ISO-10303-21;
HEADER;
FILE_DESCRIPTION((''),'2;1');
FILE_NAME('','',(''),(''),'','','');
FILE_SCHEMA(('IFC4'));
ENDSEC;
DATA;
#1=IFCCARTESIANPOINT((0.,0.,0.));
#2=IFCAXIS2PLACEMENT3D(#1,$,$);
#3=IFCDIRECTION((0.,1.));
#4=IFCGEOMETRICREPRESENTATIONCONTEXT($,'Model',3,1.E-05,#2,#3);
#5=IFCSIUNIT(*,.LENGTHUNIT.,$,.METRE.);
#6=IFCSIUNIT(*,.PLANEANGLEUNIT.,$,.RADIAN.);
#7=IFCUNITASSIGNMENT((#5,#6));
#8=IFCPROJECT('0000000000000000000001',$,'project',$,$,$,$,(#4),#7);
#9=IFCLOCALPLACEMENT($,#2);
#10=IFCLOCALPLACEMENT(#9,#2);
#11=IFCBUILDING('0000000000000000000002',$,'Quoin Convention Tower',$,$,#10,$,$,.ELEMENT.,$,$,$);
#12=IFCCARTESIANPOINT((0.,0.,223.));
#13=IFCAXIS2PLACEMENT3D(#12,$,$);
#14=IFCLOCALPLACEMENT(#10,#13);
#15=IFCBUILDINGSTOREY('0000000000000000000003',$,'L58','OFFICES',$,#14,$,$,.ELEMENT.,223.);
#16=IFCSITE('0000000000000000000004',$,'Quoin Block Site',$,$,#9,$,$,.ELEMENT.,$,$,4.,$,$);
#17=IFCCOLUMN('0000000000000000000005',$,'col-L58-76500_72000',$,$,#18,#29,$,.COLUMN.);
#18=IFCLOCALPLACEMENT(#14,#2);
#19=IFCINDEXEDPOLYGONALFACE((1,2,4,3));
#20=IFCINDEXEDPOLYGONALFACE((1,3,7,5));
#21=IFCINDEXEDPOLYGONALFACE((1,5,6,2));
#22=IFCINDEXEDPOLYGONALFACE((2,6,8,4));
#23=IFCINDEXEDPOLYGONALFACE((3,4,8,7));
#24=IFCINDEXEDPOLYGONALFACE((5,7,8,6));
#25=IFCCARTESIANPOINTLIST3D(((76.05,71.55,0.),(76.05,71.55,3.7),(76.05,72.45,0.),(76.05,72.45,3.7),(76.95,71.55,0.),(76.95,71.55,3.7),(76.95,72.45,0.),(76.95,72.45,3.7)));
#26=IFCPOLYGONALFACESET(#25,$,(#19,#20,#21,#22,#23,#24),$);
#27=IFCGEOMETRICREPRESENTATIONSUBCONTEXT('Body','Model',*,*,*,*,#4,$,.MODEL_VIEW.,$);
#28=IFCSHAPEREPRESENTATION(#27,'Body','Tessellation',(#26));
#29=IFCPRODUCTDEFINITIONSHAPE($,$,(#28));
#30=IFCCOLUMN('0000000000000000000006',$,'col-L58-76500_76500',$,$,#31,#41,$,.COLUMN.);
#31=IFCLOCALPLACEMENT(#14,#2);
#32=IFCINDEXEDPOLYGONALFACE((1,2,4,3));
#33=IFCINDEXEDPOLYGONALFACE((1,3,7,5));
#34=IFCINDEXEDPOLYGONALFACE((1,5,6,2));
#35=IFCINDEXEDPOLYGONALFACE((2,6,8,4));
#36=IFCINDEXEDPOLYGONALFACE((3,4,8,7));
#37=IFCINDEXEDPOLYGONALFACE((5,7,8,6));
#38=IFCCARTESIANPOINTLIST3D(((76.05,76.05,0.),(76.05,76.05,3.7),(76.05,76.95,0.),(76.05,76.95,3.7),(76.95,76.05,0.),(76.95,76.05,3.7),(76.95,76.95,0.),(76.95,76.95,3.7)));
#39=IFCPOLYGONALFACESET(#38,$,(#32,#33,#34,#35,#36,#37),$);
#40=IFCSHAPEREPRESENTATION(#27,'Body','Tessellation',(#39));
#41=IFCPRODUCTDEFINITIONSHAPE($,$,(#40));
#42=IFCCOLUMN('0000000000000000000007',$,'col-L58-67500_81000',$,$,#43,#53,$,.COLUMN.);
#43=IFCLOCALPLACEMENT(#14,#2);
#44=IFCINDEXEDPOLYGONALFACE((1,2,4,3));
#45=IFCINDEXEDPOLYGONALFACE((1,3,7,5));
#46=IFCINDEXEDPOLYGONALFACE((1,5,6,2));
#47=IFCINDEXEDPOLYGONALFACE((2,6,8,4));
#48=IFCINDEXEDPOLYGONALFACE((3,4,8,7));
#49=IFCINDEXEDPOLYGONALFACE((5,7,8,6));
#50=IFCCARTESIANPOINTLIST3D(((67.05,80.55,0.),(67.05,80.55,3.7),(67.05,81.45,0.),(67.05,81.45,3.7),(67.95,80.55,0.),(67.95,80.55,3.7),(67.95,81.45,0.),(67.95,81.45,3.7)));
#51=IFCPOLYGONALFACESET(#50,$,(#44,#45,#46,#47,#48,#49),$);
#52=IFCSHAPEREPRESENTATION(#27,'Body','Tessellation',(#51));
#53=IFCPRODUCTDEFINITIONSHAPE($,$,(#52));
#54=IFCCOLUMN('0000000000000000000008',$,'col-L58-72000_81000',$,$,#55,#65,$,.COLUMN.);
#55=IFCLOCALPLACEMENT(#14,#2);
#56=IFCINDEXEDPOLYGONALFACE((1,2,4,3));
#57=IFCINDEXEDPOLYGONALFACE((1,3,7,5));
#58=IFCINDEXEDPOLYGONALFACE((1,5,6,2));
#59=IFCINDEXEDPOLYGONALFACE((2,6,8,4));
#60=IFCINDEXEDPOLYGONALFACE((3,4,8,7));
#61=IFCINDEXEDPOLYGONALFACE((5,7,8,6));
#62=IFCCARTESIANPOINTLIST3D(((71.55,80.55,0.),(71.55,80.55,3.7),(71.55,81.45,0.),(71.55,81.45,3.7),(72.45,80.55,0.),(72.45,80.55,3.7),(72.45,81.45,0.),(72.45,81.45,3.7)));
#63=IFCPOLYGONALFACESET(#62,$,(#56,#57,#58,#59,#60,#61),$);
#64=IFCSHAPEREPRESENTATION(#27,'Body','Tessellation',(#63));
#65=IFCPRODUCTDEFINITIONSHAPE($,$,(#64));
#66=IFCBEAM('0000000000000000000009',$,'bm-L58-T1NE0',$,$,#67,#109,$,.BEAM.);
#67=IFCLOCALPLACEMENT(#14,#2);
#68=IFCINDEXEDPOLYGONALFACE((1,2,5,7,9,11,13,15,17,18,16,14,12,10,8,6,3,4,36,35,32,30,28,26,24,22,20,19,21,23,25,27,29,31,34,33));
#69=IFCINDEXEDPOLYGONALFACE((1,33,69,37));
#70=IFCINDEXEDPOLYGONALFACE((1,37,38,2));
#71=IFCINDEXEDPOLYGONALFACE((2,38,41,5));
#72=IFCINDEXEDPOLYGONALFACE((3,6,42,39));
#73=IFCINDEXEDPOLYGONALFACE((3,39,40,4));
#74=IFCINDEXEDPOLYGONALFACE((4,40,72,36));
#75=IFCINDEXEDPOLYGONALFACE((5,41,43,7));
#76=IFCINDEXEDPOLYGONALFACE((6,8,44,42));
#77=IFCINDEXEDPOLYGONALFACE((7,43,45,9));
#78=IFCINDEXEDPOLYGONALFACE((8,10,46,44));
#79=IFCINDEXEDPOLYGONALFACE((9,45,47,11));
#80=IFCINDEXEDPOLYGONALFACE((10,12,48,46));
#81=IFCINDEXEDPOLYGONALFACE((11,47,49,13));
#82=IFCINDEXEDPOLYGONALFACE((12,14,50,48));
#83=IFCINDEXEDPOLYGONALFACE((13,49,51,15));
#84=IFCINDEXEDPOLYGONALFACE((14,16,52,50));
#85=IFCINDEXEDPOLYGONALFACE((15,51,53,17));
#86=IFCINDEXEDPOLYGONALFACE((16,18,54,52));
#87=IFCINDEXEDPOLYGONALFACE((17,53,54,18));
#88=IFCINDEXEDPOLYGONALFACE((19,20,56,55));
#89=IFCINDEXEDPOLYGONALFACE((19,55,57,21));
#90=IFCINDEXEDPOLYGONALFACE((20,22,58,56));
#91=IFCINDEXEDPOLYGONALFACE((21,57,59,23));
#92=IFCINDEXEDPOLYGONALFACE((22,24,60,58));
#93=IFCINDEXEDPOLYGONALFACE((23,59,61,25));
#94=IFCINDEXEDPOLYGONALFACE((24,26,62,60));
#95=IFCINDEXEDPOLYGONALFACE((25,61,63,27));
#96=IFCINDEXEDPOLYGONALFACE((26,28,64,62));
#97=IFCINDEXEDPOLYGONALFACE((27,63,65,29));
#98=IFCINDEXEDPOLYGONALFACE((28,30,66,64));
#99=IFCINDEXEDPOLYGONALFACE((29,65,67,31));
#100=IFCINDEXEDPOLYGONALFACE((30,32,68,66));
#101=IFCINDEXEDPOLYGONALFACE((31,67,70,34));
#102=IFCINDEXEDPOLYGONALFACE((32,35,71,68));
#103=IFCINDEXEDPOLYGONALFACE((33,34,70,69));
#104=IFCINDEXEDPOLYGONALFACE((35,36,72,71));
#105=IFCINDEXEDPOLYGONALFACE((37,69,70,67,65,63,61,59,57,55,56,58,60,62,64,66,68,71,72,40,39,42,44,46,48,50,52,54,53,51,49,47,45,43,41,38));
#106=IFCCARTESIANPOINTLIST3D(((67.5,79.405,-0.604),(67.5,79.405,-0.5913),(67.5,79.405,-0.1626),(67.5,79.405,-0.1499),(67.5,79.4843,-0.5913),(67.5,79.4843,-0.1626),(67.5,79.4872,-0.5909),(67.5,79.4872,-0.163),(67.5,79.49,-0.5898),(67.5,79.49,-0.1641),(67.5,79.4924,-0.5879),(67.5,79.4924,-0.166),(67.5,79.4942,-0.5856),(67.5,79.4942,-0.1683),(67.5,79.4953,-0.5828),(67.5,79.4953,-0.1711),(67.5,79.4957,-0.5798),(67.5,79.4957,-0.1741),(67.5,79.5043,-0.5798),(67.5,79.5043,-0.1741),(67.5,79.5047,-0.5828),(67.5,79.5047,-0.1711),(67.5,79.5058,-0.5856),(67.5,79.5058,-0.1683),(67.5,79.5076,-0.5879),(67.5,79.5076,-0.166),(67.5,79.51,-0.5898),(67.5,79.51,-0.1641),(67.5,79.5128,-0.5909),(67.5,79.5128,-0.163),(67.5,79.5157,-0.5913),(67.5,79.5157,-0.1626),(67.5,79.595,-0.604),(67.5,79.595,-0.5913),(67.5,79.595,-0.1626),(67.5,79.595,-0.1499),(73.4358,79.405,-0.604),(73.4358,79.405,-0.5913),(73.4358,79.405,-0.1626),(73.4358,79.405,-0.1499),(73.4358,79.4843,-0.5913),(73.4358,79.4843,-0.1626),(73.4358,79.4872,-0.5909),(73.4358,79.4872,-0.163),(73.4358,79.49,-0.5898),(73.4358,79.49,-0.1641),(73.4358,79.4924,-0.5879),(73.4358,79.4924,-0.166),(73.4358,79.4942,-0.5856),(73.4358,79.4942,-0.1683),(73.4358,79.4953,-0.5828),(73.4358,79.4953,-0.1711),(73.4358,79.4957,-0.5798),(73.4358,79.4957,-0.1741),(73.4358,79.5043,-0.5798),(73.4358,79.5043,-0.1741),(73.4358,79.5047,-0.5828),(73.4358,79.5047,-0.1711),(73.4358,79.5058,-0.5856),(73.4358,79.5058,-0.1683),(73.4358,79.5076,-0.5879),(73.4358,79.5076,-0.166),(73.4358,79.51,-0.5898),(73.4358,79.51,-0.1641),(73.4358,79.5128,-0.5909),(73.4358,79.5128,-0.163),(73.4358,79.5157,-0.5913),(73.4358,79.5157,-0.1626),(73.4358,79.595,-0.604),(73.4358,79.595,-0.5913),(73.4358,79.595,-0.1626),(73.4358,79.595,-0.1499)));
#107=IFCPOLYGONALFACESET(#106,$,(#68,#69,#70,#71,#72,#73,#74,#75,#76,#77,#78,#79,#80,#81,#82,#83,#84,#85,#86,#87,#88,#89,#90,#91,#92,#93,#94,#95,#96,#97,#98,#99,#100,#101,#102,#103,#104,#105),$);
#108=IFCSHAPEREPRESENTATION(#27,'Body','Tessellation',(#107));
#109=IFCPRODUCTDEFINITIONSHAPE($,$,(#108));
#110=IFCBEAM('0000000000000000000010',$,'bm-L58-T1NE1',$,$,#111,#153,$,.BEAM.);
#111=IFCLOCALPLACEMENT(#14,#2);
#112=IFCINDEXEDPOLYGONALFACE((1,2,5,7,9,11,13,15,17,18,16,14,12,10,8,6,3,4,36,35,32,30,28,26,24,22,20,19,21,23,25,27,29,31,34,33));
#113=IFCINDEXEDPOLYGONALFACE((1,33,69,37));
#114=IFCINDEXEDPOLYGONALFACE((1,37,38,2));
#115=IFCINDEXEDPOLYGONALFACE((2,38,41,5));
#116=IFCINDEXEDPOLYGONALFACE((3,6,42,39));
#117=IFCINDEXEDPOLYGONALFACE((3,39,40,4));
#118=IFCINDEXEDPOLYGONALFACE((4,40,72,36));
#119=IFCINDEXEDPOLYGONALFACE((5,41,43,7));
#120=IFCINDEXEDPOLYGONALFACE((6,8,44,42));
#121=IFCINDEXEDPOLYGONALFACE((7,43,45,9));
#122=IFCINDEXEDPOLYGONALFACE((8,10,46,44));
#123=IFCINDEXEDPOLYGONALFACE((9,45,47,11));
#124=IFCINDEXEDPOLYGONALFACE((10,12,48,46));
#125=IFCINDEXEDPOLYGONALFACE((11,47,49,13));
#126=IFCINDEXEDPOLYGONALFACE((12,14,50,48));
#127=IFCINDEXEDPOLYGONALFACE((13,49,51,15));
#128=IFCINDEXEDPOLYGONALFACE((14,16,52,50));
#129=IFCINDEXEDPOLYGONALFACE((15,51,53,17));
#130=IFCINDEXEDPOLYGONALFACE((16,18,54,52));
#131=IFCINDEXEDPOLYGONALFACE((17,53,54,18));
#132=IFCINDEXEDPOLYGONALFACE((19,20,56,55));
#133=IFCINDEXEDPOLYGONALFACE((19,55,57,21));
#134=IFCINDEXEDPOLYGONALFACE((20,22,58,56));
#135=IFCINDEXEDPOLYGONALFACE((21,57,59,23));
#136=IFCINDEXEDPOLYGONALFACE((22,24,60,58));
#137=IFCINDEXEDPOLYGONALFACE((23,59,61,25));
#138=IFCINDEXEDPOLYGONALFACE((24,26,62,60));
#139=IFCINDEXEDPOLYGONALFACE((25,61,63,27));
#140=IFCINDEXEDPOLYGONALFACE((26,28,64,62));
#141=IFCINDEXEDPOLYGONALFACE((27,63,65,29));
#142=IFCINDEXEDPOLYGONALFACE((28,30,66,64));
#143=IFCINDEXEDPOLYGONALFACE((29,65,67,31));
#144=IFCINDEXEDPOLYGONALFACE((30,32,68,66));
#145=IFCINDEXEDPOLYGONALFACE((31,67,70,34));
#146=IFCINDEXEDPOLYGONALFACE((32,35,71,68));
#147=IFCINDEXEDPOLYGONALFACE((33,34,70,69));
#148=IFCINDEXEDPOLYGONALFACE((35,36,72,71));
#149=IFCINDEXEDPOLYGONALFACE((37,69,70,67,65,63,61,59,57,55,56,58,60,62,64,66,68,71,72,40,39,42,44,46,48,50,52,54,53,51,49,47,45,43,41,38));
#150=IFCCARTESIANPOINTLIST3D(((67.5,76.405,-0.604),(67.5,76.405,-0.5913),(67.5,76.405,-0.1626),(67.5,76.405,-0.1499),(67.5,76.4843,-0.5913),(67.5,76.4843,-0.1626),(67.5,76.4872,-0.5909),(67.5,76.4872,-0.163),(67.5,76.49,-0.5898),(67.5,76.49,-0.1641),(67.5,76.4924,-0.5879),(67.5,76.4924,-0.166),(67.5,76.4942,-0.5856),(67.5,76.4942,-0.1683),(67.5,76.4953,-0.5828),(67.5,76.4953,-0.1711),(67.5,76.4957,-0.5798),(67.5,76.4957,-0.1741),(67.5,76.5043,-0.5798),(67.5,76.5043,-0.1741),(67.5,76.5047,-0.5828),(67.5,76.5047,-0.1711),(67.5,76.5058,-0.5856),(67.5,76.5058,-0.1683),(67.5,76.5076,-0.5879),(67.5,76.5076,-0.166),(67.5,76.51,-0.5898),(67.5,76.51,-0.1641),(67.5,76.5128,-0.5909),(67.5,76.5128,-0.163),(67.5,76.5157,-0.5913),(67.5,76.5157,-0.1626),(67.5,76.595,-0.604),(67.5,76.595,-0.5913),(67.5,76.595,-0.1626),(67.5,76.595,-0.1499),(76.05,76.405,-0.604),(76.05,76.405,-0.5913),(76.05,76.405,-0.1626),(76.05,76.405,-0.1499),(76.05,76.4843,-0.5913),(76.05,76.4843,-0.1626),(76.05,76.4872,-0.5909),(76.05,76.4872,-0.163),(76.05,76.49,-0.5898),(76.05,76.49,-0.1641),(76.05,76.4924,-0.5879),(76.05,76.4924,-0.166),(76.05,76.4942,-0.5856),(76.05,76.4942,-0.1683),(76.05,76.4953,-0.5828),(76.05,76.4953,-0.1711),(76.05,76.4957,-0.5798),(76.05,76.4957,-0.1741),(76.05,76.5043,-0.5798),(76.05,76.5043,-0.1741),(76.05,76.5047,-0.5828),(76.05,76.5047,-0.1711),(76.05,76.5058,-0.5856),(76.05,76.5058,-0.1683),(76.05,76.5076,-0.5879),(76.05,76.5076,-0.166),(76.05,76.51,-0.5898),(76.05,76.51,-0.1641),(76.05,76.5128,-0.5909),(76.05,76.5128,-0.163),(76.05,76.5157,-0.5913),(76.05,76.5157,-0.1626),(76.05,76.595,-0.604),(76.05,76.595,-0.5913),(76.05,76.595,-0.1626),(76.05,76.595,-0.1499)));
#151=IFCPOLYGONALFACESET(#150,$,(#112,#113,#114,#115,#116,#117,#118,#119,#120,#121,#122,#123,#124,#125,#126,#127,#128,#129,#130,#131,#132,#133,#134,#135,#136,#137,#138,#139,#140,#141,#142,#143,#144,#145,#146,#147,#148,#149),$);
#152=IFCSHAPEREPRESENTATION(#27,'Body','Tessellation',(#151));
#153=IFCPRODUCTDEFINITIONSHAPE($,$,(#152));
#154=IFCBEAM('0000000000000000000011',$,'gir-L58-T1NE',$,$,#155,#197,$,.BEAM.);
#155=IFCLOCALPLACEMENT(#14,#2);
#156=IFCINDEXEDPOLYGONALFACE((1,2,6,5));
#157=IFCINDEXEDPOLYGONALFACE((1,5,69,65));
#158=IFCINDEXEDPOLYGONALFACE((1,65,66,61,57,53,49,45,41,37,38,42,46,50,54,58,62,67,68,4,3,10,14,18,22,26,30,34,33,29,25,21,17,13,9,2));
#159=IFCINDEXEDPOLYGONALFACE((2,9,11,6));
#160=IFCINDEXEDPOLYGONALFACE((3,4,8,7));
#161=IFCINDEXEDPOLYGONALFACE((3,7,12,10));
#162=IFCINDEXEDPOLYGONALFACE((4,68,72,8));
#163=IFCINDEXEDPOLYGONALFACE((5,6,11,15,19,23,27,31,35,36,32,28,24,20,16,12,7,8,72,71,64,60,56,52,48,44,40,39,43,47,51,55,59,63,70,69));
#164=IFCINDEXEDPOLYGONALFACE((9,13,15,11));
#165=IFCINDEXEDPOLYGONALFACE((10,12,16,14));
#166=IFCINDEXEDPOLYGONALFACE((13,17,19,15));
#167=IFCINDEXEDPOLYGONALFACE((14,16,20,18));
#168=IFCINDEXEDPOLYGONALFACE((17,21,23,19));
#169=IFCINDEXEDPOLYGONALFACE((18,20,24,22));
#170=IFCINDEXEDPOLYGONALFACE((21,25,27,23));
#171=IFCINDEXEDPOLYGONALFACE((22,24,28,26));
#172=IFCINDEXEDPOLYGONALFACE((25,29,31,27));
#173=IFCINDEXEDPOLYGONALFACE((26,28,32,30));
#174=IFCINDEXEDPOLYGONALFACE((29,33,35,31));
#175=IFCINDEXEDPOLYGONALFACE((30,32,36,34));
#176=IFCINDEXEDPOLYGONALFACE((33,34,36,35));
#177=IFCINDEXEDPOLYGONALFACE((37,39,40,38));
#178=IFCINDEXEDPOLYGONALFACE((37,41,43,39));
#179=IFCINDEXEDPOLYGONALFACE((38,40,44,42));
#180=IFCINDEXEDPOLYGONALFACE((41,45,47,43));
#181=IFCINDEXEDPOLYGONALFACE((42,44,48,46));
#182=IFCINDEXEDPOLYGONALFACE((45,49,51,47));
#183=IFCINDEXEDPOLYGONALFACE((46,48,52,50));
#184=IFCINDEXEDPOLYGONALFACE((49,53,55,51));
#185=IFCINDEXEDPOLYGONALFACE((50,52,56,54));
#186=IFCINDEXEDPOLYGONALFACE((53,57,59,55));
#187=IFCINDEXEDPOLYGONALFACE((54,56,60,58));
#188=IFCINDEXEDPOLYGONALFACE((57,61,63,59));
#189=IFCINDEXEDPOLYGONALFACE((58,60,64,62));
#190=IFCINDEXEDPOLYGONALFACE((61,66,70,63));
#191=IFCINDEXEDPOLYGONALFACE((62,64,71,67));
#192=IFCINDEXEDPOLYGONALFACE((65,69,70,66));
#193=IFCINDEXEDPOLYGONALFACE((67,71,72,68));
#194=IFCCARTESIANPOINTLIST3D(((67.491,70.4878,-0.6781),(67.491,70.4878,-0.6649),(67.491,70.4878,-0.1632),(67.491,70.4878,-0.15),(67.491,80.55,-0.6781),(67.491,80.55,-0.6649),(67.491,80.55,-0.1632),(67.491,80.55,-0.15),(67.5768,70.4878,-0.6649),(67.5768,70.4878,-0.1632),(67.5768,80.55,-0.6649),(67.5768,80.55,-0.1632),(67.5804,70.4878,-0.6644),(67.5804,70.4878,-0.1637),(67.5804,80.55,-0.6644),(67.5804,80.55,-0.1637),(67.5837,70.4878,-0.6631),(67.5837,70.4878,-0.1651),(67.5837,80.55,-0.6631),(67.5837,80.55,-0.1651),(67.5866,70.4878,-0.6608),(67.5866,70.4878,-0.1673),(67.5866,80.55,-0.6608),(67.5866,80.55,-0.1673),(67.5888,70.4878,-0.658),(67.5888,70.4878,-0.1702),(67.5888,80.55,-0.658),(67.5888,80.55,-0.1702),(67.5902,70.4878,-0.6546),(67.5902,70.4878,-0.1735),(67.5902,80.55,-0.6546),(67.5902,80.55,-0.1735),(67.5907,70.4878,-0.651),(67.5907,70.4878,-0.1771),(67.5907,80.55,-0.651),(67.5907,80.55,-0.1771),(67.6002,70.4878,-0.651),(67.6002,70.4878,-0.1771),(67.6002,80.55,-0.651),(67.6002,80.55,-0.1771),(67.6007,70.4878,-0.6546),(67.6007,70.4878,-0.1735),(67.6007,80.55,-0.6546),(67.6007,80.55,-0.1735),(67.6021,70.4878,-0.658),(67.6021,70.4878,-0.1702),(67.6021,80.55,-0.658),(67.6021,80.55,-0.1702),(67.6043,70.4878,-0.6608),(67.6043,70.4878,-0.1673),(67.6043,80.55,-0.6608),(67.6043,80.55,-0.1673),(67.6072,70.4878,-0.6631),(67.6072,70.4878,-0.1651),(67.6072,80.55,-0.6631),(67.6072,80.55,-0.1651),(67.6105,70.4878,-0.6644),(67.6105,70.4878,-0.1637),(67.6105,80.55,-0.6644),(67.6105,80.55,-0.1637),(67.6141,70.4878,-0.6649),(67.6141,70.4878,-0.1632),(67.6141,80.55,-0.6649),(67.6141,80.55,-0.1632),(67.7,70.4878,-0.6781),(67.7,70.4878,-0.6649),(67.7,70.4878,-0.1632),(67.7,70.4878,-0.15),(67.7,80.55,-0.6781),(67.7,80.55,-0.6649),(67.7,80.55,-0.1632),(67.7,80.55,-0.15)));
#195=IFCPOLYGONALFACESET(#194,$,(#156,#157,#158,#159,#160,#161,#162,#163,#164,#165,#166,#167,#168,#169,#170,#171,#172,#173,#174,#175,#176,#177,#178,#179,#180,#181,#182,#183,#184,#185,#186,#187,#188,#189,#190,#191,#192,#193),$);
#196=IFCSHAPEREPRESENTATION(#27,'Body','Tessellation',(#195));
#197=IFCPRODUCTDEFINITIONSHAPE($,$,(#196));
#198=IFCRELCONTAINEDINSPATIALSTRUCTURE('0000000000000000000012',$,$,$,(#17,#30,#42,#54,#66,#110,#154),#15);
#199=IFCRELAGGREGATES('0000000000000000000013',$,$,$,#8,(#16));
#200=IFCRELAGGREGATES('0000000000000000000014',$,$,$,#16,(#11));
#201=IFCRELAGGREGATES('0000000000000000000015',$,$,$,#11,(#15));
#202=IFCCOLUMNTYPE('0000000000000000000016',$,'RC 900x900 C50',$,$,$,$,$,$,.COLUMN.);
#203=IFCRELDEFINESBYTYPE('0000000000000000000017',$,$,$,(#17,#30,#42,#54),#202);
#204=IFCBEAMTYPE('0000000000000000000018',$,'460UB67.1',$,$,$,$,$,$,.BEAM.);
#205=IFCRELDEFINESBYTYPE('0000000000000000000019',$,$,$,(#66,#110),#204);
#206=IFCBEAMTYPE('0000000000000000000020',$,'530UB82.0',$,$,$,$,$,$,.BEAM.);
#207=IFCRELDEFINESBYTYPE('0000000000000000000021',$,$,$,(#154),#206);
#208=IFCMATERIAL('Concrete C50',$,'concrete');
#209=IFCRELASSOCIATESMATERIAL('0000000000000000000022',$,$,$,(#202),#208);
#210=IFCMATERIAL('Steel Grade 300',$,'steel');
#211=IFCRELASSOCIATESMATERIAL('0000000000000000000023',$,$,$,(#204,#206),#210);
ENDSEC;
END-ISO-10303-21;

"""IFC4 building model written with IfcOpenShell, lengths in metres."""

from ifc_helpers import new_model, si_unit, direction, frame, origin, origin_2d, place, context, subcontext, project, spatial, rectangle, i_section, extrude, material, material_profile, profile_set, type_object, element, save


model = new_model("IFC4")

# Units and contexts
model_context = context("Model", 3, precision=1e-05, world=origin(), true_north=direction((0.0, 1.0)))
body_context = subcontext(model_context, "Body", "Model", "MODEL_VIEW")
ifc_project = project(units=[si_unit("LENGTHUNIT", "METRE"), si_unit("PLANEANGLEUNIT", "RADIAN")], contexts=[model_context])

# Site, building, storey
site_placement = place(None, origin())
site = spatial("IfcSite", under=ifc_project, at=site_placement, Name="Quoin Block Site", CompositionType="ELEMENT", RefElevation=4.0)
building_placement = place(site_placement, origin())
building = spatial("IfcBuilding", under=site, at=building_placement, Name="Quoin Convention Tower", CompositionType="ELEMENT")
storey_placement = place(building_placement, frame((0.0, 0.0, 223.0)))
storey = spatial("IfcBuildingStorey", under=building, at=storey_placement, Name="L58", Description="OFFICES", CompositionType="ELEMENT", Elevation=223.0)

# Columns
ifc_material_1 = material(Name="Concrete C50", Category="concrete")
ifc_material_profile_1 = material_profile(ifc_material_1, rectangle(XDim=0.8999, YDim=0.8999, at=origin_2d()), Name="RC 900x900")
ifc_profile_set_1 = profile_set([ifc_material_profile_1], Name="Concrete C50")
column_type = type_object("IfcColumnType", Name="RC 900x900 C50", PredefinedType="COLUMN", material=ifc_profile_set_1)
for number, where, z_axis, x_axis, name in (
    (1, (76.5, 72.0, 0.0), (0.0, 0.0, 1.0), (1.0, 0.0, 0.0), "col-L58-76500_72000"),
    (2, (76.5, 76.5, 0.0), (0.0, 0.0, 1.0), (1.0, 0.0, 0.0), "col-L58-76500_76500"),
    (3, (67.5, 81.0, 0.0), (0.0, 0.0, 1.0), (1.0, 0.0, 0.0), "col-L58-67500_81000"),
    (4, (72.0, 81.0, 0.0), (0.0, 0.0, 1.0), (1.0, 0.0, 0.0), "col-L58-72000_81000"),
):
    element("IfcColumn", number, at=place(storey_placement, frame(where, z_axis=z_axis, x_axis=x_axis)), inside=storey, type_object=column_type, Name=name, PredefinedType="COLUMN", context=body_context, shape_type="SweptSolid", body=[
        extrude(rectangle(XDim=0.8999, YDim=0.8999, at=origin_2d()), origin(), (0.0, 0.0, 1.0), 3.7),
    ])

# Beams
ifc_material_2 = material(Name="Steel Grade 300", Category="steel")
ifc_material_profile_2 = material_profile(ifc_material_2, i_section(OverallWidth=0.1899, OverallDepth=0.4541, WebThickness=0.0085, FlangeThickness=0.0127, FilletRadius=0.0115, at=origin_2d()), Name="460UB67.1")
ifc_profile_set_2 = profile_set([ifc_material_profile_2], Name="Steel Grade 300")
beam_type_1 = type_object("IfcBeamType", Name="460UB67.1", PredefinedType="BEAM", material=ifc_profile_set_2)
beam_1_placement = place(storey_placement, frame((67.5, 79.5, -0.377), z_axis=(1.0, 0.0, 0.0), x_axis=(0.0, 1.0, 0.0)))
element("IfcBeam", 5, at=beam_1_placement, inside=storey, type_object=beam_type_1, Name="bm-L58-T1NE0", PredefinedType="BEAM", context=body_context, shape_type="SweptSolid", body=[
    extrude(i_section(OverallWidth=0.1899, OverallDepth=0.4541, WebThickness=0.0085, FlangeThickness=0.0127, FilletRadius=0.0115, at=origin_2d()), origin(), (0.0, 0.0, 1.0), 5.9358),
])
beam_2_placement = place(storey_placement, frame((67.5, 76.5, -0.377), z_axis=(1.0, 0.0, 0.0), x_axis=(0.0, 1.0, 0.0)))
element("IfcBeam", 6, at=beam_2_placement, inside=storey, type_object=beam_type_1, Name="bm-L58-T1NE1", PredefinedType="BEAM", context=body_context, shape_type="SweptSolid", body=[
    extrude(i_section(OverallWidth=0.1899, OverallDepth=0.4541, WebThickness=0.0085, FlangeThickness=0.0127, FilletRadius=0.0115, at=origin_2d()), origin(), (0.0, 0.0, 1.0), 8.55),
])
ifc_material_profile_3 = material_profile(ifc_material_2, i_section(OverallWidth=0.209, OverallDepth=0.5281, WebThickness=0.0095, FlangeThickness=0.0132, FilletRadius=0.0139, at=origin_2d()), Name="530UB82.0")
ifc_profile_set_3 = profile_set([ifc_material_profile_3], Name="Steel Grade 300")
beam_type_2 = type_object("IfcBeamType", Name="530UB82.0", PredefinedType="BEAM", material=ifc_profile_set_3)
beam_3_placement = place(storey_placement, frame((67.5955, 80.55, -0.4141), z_axis=(0.0, -1.0, 0.0), x_axis=(1.0, 0.0, 0.0)))
element("IfcBeam", 7, at=beam_3_placement, inside=storey, type_object=beam_type_2, Name="gir-L58-T1NE", PredefinedType="BEAM", context=body_context, shape_type="SweptSolid", body=[
    extrude(i_section(OverallWidth=0.209, OverallDepth=0.5281, WebThickness=0.0095, FlangeThickness=0.0132, FilletRadius=0.0139, at=origin_2d()), origin(), (0.0, 0.0, 1.0), 10.0623),
])

save(model, "model.ifc")
